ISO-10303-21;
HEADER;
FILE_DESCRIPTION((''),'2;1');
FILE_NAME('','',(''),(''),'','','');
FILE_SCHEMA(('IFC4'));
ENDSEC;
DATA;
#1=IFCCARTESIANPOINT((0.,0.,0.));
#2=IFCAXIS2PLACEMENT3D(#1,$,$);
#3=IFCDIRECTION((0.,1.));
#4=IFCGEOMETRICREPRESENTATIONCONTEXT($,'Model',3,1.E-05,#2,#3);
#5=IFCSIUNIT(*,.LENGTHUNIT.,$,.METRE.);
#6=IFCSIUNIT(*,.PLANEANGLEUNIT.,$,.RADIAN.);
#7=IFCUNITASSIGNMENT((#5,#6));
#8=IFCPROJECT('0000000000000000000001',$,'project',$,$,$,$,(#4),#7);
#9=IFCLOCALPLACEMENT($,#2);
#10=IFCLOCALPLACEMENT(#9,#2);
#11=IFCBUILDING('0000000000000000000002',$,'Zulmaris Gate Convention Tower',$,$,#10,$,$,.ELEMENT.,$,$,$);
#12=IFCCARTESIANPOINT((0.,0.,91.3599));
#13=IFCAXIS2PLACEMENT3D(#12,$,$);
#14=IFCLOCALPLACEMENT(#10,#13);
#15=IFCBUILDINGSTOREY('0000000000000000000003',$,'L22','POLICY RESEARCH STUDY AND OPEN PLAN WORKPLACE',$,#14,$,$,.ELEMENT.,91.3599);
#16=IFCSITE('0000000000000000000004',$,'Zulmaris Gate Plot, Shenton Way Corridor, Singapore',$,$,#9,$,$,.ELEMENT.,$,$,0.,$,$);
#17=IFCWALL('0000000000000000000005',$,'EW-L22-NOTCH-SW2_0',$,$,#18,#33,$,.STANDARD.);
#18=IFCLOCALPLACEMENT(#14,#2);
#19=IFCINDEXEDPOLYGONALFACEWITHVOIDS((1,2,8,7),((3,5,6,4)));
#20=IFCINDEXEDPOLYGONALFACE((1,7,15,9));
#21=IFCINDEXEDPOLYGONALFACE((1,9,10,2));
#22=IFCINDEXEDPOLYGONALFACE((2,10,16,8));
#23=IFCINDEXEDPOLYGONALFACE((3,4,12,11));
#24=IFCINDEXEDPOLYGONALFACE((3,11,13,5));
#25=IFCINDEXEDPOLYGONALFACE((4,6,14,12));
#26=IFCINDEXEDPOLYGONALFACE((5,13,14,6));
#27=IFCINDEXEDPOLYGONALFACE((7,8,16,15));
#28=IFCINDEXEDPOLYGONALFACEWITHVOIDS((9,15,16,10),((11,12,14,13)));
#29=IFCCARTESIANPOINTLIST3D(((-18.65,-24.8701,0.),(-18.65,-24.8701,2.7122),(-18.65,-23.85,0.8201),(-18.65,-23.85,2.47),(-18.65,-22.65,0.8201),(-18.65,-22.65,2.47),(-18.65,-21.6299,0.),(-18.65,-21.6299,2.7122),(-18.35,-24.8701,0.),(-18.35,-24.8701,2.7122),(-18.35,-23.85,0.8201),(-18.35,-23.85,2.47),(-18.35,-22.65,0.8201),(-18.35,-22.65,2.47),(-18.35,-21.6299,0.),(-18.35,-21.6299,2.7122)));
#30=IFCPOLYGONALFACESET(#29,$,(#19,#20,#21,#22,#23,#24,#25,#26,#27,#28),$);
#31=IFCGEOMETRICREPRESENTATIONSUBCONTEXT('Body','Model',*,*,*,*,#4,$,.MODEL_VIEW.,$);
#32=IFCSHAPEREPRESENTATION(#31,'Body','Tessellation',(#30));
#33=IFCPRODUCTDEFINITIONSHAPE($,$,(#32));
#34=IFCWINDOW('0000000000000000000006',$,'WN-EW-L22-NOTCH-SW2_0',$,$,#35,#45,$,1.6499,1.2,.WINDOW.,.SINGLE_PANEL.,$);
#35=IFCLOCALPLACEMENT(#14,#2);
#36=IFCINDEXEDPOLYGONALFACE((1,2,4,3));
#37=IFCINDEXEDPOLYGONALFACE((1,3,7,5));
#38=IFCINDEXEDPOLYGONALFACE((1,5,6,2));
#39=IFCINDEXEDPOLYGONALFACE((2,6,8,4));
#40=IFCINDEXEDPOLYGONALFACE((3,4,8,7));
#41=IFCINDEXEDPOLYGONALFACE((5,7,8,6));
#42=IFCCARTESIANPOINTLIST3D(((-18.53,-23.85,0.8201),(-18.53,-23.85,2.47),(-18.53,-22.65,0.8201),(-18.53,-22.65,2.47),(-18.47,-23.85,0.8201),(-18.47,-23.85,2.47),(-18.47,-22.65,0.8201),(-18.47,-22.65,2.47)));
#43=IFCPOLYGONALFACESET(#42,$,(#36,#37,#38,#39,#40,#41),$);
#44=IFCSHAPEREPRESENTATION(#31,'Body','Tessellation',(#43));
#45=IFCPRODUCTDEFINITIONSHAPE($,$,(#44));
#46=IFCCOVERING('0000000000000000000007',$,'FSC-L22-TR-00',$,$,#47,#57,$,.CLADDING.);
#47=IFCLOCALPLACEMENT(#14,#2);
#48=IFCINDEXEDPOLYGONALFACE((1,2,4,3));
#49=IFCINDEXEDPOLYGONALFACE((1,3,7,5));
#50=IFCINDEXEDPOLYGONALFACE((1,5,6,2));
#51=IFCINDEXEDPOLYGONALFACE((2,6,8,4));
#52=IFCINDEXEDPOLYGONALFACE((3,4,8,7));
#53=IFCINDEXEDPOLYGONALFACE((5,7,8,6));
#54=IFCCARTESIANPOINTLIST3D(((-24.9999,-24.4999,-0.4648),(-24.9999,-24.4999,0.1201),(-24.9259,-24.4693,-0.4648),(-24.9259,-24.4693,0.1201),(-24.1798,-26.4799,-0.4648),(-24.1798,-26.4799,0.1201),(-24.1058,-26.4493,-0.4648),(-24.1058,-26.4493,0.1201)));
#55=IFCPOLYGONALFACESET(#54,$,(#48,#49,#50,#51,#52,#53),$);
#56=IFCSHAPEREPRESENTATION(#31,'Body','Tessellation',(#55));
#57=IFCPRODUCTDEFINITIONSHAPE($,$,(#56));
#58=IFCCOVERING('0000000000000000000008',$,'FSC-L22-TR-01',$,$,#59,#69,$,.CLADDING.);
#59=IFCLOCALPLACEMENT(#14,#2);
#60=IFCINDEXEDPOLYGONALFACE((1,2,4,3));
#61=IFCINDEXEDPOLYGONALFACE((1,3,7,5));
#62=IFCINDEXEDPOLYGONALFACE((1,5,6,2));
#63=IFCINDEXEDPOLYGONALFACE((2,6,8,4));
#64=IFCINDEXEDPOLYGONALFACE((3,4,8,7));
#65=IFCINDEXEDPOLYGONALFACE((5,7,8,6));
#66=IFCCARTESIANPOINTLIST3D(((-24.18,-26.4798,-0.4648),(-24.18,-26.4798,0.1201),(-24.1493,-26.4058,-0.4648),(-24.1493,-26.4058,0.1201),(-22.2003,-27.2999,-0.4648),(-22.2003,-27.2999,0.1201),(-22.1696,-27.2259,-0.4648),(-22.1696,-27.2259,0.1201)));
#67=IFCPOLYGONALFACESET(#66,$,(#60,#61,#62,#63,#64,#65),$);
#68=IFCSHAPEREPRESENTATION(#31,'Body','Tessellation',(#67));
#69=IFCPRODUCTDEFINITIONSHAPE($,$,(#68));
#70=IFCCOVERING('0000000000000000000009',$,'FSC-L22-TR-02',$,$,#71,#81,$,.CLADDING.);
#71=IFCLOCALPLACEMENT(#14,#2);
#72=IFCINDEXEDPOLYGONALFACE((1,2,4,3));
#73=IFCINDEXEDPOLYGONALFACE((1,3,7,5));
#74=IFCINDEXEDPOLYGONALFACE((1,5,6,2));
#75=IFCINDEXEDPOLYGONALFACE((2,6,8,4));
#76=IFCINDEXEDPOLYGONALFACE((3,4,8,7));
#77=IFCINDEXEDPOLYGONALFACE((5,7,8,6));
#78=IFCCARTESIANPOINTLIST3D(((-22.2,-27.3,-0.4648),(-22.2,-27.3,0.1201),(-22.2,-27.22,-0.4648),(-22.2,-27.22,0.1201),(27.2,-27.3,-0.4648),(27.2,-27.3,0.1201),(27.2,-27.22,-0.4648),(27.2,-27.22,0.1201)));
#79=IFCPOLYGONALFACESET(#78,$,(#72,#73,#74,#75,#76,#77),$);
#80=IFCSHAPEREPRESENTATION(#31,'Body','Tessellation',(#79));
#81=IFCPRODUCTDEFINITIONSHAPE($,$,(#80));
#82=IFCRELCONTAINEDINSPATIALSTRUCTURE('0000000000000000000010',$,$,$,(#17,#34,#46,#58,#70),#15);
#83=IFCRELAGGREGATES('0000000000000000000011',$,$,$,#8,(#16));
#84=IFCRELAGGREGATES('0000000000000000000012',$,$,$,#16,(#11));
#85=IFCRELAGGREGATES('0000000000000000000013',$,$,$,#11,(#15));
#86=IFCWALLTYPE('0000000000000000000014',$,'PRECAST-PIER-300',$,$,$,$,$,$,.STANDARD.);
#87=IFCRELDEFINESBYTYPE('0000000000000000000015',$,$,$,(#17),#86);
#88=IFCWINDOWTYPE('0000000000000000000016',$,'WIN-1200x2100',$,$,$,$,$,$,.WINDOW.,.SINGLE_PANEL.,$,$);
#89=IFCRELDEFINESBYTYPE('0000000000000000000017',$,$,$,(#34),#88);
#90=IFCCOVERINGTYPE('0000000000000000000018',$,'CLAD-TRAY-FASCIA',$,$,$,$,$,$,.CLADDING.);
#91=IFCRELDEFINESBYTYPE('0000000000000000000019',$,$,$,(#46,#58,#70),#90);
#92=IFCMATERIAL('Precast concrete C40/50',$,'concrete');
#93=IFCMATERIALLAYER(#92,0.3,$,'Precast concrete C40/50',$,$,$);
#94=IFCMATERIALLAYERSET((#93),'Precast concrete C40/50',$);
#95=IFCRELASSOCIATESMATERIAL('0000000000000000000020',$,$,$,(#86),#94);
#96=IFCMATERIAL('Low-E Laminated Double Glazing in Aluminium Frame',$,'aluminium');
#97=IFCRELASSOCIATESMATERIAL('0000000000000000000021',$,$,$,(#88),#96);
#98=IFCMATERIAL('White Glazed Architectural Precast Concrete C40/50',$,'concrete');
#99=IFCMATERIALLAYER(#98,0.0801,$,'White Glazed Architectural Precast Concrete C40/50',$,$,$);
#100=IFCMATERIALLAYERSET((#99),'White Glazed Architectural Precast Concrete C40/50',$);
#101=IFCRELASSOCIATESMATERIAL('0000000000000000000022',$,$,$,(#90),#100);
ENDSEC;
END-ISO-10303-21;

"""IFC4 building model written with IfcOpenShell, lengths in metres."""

from ifc_helpers import new_model, si_unit, direction, frame, frame_2d, origin, place, context, subcontext, project, spatial, rectangle, extrude, material, layer, layer_set, type_object, element, fill, save


model = new_model("IFC4")

# Units and contexts
model_context = context("Model", 3, precision=1e-05, world=origin(), true_north=direction((0.0, 1.0)))
body_context = subcontext(model_context, "Body", "Model", "MODEL_VIEW")
ifc_project = project(units=[si_unit("LENGTHUNIT", "METRE"), si_unit("PLANEANGLEUNIT", "RADIAN")], contexts=[model_context])

# Site, building, storey
site_placement = place(None, origin())
site = spatial("IfcSite", under=ifc_project, at=site_placement, Name="Zulmaris Gate Plot, Shenton Way Corridor, Singapore", CompositionType="ELEMENT", RefElevation=0.0)
building_placement = place(site_placement, origin())
building = spatial("IfcBuilding", under=site, at=building_placement, Name="Zulmaris Gate Convention Tower", CompositionType="ELEMENT")
storey_placement = place(building_placement, frame((0.0, 0.0, 91.3599)))
storey = spatial("IfcBuildingStorey", under=building, at=storey_placement, Name="L22", Description="POLICY RESEARCH STUDY AND OPEN PLAN WORKPLACE", CompositionType="ELEMENT", Elevation=91.3599)

# Wall, opening, window
ifc_material_1 = material(Name="Precast concrete C40/50", Category="concrete")
ifc_layer_1 = layer(ifc_material_1, 0.3, Name="Precast concrete C40/50")
ifc_layer_set_1 = layer_set([ifc_layer_1], Name="Precast concrete C40/50")
wall_type = type_object("IfcWallType", Name="PRECAST-PIER-300", PredefinedType="STANDARD", material=ifc_layer_set_1)
wall_placement = place(storey_placement, frame((-18.5, -21.6299, 0.0), z_axis=(0.0, 0.0, 1.0), x_axis=(0.0, -1.0, 0.0)))
wall = element("IfcWall", 1, at=wall_placement, inside=storey, type_object=wall_type, Name="EW-L22-NOTCH-SW2_0", PredefinedType="STANDARD", context=body_context, shape_type="SweptSolid", body=[
    extrude(rectangle(XDim=3.2402, YDim=0.3, at=frame_2d((1.6201, 0.0))), origin(), (0.0, 0.0, 1.0), 2.7122),
])
opening_placement = place(wall_placement, frame((1.02, 0.0, 0.8201)))
opening = element("IfcOpeningElement", 2, at=opening_placement, cuts=wall, PredefinedType="OPENING", context=body_context, shape_type="SweptSolid", body=[
    extrude(rectangle(XDim=1.2, YDim=1.6499, at=frame_2d((0.6001, 0.825))), frame((0.0, 0.1602, 0.0), z_axis=(0.0, -1.0, 0.0), x_axis=(1.0, 0.0, 0.0)), (0.0, 0.0, 1.0), 0.3201),
])
ifc_material_2 = material(Name="Low-E Laminated Double Glazing in Aluminium Frame", Category="aluminium")
window_type = type_object("IfcWindowType", Name="WIN-1200x2100", PartitioningType="SINGLE_PANEL", PredefinedType="WINDOW", material=ifc_material_2)
window_placement = place(opening_placement, origin())
window = element("IfcWindow", 3, at=window_placement, inside=storey, type_object=window_type, Name="WN-EW-L22-NOTCH-SW2_0", OverallHeight=1.6499, OverallWidth=1.2, PartitioningType="SINGLE_PANEL", PredefinedType="WINDOW", context=body_context, shape_type="SweptSolid", body=[
    extrude(rectangle(XDim=1.2, YDim=1.6499, at=frame_2d((0.6001, 0.825))), frame((0.0, 0.03, 0.0), z_axis=(0.0, -1.0, 0.0), x_axis=(1.0, 0.0, 0.0)), (0.0, 0.0, 1.0), 0.0601),
])
fill(opening, window)

# Coverings
ifc_material_3 = material(Name="White Glazed Architectural Precast Concrete C40/50", Category="concrete")
ifc_layer_2 = layer(ifc_material_3, 0.0801, Name="White Glazed Architectural Precast Concrete C40/50")
ifc_layer_set_2 = layer_set([ifc_layer_2], Name="White Glazed Architectural Precast Concrete C40/50")
covering_type = type_object("IfcCoveringType", Name="CLAD-TRAY-FASCIA", PredefinedType="CLADDING", material=ifc_layer_set_2)
covering_1_placement = place(storey_placement, frame((-24.9629, -24.4846, -0.4648), z_axis=(0.0, 0.0, 1.0), x_axis=(0.382657, -0.92389, 0.0)))
element("IfcCovering", 4, at=covering_1_placement, inside=storey, type_object=covering_type, Name="FSC-L22-TR-00", PredefinedType="CLADDING", context=body_context, shape_type="SweptSolid", body=[
    extrude(rectangle(XDim=2.1431, YDim=0.0801, at=frame_2d((1.0715, 0.0))), origin(), (0.0, 0.0, 1.0), 0.585),
])
covering_2_placement = place(storey_placement, frame((-24.1646, -26.4429, -0.4648), z_axis=(0.0, 0.0, 1.0), x_axis=(0.923874, -0.382697, 0.0)))
element("IfcCovering", 5, at=covering_2_placement, inside=storey, type_object=covering_type, Name="FSC-L22-TR-01", PredefinedType="CLADDING", context=body_context, shape_type="SweptSolid", body=[
    extrude(rectangle(XDim=2.1428, YDim=0.0801, at=frame_2d((1.0713, 0.0))), origin(), (0.0, 0.0, 1.0), 0.585),
])
covering_3_placement = place(storey_placement, frame((-22.2, -27.26, -0.4648), z_axis=(0.0, 0.0, 1.0), x_axis=(1.0, 0.0, 0.0)))
element("IfcCovering", 6, at=covering_3_placement, inside=storey, type_object=covering_type, Name="FSC-L22-TR-02", PredefinedType="CLADDING", context=body_context, shape_type="SweptSolid", body=[
    extrude(rectangle(XDim=49.3999, YDim=0.0801, at=frame_2d((24.7, 0.0))), origin(), (0.0, 0.0, 1.0), 0.585),
])

save(model, "model.ifc")
